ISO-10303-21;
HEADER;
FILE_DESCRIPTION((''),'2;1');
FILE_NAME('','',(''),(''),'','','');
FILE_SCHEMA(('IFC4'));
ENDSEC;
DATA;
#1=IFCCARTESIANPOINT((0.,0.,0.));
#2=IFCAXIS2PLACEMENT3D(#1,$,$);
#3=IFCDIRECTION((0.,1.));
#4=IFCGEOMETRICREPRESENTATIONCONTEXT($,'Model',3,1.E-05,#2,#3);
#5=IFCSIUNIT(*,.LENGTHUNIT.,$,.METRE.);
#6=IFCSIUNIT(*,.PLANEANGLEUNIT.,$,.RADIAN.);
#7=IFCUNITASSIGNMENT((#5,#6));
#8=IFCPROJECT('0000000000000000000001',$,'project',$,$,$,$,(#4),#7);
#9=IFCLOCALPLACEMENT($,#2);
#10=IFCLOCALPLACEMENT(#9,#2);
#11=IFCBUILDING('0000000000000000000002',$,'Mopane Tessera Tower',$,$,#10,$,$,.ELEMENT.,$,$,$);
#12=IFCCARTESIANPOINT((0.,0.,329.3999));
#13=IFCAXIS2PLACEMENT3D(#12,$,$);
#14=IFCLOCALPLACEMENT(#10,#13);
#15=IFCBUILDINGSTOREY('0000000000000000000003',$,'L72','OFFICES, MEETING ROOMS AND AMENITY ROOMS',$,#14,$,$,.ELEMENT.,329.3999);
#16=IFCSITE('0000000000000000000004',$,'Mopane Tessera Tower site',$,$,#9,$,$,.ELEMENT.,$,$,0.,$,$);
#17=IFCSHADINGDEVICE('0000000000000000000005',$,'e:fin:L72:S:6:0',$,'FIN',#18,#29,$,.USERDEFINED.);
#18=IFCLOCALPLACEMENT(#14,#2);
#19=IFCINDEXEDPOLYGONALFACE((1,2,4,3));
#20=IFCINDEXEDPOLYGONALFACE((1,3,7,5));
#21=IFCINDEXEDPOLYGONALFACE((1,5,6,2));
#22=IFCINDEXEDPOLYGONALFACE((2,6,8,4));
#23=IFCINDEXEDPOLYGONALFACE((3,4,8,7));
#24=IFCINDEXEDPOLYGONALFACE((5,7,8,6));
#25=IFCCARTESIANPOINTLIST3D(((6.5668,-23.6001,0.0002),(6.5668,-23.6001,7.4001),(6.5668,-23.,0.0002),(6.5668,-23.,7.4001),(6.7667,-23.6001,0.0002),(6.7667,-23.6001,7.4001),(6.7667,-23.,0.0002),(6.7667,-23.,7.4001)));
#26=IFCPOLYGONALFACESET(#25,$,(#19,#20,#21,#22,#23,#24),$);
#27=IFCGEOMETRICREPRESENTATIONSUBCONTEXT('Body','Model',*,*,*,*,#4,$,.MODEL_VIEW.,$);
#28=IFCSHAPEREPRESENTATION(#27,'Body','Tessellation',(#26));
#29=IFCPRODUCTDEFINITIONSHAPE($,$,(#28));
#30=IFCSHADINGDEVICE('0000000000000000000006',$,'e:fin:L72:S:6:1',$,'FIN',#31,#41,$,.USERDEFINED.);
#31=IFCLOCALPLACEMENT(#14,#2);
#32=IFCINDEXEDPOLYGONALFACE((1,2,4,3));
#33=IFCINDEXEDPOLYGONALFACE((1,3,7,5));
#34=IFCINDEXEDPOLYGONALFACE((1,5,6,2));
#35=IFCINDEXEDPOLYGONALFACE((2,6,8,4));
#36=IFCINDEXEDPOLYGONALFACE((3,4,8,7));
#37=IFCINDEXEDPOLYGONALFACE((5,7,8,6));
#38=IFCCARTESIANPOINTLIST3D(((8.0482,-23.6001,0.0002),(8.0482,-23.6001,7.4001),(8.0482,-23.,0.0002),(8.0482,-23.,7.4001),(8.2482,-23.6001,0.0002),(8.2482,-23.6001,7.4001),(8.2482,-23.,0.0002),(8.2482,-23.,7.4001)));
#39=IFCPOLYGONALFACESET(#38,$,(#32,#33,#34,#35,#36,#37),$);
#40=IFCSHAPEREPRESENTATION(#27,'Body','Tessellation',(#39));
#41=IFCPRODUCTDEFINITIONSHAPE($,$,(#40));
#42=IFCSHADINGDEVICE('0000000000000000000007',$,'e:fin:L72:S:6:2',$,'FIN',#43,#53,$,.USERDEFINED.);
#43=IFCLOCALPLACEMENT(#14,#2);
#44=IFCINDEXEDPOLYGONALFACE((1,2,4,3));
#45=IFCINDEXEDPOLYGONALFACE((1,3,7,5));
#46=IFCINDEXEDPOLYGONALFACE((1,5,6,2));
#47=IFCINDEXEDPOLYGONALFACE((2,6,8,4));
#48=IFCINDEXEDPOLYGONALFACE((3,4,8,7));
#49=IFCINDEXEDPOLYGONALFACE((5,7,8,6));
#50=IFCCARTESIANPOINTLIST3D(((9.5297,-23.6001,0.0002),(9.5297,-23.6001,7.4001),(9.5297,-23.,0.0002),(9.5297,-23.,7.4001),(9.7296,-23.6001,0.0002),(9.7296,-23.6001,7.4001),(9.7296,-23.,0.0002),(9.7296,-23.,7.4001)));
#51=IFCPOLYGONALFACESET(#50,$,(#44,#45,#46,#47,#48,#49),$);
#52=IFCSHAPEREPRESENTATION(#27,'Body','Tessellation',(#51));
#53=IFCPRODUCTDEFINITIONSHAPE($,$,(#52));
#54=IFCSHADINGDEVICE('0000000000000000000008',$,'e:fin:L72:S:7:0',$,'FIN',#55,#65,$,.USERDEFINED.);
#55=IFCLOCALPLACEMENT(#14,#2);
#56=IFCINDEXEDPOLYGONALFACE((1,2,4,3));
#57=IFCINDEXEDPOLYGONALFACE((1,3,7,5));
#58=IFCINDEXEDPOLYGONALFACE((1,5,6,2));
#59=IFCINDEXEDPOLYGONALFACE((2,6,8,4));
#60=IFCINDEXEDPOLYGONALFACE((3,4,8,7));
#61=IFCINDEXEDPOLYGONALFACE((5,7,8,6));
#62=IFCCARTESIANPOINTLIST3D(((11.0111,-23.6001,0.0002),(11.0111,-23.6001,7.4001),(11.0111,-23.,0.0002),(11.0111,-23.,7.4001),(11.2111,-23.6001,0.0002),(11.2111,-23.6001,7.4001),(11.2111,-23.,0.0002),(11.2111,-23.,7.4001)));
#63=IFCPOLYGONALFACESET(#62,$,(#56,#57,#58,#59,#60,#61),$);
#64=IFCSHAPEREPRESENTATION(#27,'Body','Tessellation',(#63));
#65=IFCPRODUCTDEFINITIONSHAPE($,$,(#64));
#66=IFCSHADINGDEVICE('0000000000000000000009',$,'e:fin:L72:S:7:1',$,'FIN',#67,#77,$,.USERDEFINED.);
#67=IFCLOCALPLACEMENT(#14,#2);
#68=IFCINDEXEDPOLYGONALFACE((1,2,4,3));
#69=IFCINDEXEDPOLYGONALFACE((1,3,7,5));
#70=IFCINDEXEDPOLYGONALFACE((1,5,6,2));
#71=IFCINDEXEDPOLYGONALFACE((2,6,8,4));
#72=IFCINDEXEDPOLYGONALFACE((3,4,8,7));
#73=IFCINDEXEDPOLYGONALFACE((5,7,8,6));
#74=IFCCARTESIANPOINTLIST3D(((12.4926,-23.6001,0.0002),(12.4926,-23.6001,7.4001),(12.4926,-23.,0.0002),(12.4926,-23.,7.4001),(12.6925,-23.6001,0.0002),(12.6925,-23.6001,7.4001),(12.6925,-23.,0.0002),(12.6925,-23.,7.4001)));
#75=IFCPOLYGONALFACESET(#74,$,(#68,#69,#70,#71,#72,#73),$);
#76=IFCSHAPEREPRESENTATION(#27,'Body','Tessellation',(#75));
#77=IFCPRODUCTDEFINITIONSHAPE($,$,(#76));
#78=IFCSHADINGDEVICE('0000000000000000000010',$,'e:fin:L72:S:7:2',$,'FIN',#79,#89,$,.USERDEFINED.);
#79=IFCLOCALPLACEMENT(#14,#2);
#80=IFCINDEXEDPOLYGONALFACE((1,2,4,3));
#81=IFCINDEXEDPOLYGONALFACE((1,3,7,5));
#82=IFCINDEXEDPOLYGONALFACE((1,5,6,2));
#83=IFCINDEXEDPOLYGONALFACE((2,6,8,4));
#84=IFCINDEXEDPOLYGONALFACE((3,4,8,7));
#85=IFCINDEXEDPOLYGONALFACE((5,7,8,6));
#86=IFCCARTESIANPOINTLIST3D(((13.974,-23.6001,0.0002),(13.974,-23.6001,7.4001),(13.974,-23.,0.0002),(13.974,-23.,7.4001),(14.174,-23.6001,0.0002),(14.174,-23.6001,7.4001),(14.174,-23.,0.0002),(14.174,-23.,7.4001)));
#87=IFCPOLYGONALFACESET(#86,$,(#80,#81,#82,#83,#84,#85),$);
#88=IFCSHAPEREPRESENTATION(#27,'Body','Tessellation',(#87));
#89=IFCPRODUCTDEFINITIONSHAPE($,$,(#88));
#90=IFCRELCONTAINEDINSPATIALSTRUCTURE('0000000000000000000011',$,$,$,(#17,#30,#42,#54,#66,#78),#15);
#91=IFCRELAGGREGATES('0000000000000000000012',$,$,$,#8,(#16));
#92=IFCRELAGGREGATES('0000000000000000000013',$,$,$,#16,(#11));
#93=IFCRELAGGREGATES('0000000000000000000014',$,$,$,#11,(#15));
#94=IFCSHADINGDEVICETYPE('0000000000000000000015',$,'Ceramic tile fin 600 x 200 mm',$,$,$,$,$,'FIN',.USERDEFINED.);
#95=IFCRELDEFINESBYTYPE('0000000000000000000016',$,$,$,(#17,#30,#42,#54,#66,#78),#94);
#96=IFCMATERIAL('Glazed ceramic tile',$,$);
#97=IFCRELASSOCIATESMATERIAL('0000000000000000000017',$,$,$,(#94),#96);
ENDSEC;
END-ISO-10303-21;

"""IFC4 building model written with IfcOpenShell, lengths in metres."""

from ifc_helpers import new_model, si_unit, direction, frame, origin, origin_2d, place, context, subcontext, project, spatial, rectangle, extrude, material, type_object, element, save


model = new_model("IFC4")

# Units and contexts
model_context = context("Model", 3, precision=1e-05, world=origin(), true_north=direction((0.0, 1.0)))
body_context = subcontext(model_context, "Body", "Model", "MODEL_VIEW")
ifc_project = project(units=[si_unit("LENGTHUNIT", "METRE"), si_unit("PLANEANGLEUNIT", "RADIAN")], contexts=[model_context])

# Site, building, storey
site_placement = place(None, origin())
site = spatial("IfcSite", under=ifc_project, at=site_placement, Name="Mopane Tessera Tower site", CompositionType="ELEMENT", RefElevation=0.0)
building_placement = place(site_placement, origin())
building = spatial("IfcBuilding", under=site, at=building_placement, Name="Mopane Tessera Tower", CompositionType="ELEMENT")
storey_placement = place(building_placement, frame((0.0, 0.0, 329.3999)))
storey = spatial("IfcBuildingStorey", under=building, at=storey_placement, Name="L72", Description="OFFICES, MEETING ROOMS AND AMENITY ROOMS", CompositionType="ELEMENT", Elevation=329.3999)

# Shading devices
ifc_material_1 = material(Name="Glazed ceramic tile")
shading_device_type = type_object("IfcShadingDeviceType", Name="Ceramic tile fin 600 x 200 mm", ElementType="FIN", PredefinedType="USERDEFINED", material=ifc_material_1)
for number, where, z_axis, x_axis, name in (
    (1, (6.6667, -23.3, 0.0002), (0.0, 0.0, 1.0), (1.0, 0.0, 0.0), "e:fin:L72:S:6:0"),
    (2, (8.1482, -23.3, 0.0002), (0.0, 0.0, 1.0), (1.0, 0.0, 0.0), "e:fin:L72:S:6:1"),
    (3, (9.6296, -23.3, 0.0002), (0.0, 0.0, 1.0), (1.0, 0.0, 0.0), "e:fin:L72:S:6:2"),
    (4, (11.1111, -23.3, 0.0002), (0.0, 0.0, 1.0), (1.0, 0.0, 0.0), "e:fin:L72:S:7:0"),
    (5, (12.5925, -23.3, 0.0002), (0.0, 0.0, 1.0), (1.0, 0.0, 0.0), "e:fin:L72:S:7:1"),
    (6, (14.074, -23.3, 0.0002), (0.0, 0.0, 1.0), (1.0, 0.0, 0.0), "e:fin:L72:S:7:2"),
):
    element("IfcShadingDevice", number, at=place(storey_placement, frame(where, z_axis=z_axis, x_axis=x_axis)), inside=storey, type_object=shading_device_type, Name=name, ObjectType="FIN", PredefinedType="USERDEFINED", context=body_context, shape_type="SweptSolid", body=[
        extrude(rectangle(XDim=0.2, YDim=0.6001, at=origin_2d()), origin(), (0.0, 0.0, 1.0), 7.3999),
    ])

save(model, "model.ifc")
